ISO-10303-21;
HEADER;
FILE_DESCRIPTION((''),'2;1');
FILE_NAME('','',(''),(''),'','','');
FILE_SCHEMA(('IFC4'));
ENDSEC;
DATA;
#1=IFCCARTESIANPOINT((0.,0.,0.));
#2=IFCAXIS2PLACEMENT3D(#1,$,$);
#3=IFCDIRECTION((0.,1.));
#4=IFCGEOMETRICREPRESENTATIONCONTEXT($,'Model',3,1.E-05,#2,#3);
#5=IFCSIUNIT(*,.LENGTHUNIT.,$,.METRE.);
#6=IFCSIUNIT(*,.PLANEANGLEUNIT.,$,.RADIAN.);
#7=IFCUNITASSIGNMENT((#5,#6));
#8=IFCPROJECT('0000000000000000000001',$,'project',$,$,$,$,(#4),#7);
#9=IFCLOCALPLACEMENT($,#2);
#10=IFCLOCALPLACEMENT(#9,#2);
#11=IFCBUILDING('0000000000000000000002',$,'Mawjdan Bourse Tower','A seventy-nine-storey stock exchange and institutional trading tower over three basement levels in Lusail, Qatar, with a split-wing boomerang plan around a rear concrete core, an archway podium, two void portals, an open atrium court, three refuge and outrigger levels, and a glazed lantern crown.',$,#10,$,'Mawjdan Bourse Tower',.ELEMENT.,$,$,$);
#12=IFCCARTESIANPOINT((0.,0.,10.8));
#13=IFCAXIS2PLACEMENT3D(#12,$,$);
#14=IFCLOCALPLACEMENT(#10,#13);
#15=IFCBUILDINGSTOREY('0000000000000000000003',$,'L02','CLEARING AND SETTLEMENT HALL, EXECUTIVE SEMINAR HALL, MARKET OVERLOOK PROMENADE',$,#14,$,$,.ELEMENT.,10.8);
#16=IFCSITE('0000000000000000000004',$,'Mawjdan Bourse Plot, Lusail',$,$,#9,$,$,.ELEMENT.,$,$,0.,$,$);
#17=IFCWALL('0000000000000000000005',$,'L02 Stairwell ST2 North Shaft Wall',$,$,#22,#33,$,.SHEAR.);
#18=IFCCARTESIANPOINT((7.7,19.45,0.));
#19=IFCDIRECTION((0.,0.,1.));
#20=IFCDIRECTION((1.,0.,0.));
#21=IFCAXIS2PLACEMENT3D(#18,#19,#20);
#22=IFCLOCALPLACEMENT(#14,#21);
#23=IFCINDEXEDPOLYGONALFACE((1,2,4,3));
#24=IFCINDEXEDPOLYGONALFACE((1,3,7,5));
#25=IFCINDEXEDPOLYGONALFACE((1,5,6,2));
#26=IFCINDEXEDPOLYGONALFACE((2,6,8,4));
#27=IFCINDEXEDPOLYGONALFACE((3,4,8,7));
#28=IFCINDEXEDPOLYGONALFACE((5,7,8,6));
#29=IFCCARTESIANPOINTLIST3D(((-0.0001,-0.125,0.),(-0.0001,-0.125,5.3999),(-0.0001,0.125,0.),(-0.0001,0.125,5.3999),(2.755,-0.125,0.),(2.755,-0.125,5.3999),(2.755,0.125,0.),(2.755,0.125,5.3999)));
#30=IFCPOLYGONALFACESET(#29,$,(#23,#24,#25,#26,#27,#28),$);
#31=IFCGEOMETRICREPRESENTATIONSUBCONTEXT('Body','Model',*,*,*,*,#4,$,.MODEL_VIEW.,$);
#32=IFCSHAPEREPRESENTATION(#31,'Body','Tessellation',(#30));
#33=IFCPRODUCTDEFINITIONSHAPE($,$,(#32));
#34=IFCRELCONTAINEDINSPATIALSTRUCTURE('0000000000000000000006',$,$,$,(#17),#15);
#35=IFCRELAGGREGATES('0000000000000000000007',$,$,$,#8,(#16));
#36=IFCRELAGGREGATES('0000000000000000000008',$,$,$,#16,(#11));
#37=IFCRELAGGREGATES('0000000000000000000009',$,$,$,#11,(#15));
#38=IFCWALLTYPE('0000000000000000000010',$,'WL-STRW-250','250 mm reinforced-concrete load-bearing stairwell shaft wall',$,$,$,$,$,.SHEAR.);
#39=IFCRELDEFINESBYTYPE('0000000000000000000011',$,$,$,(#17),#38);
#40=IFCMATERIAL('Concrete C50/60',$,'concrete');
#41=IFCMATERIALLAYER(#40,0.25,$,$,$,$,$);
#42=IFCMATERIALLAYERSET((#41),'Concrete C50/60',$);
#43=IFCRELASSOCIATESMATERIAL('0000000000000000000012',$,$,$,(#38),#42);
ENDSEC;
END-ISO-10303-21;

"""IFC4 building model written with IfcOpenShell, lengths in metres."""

from ifc_helpers import new_model, si_unit, direction, frame, frame_2d, origin, place, context, subcontext, project, spatial, rectangle, extrude, material, layer, layer_set, type_object, element, save


model = new_model("IFC4")

# Units and contexts
model_context = context("Model", 3, precision=1e-05, world=origin(), true_north=direction((0.0, 1.0)))
body_context = subcontext(model_context, "Body", "Model", "MODEL_VIEW")
ifc_project = project(units=[si_unit("LENGTHUNIT", "METRE"), si_unit("PLANEANGLEUNIT", "RADIAN")], contexts=[model_context])

# Site, building, storey
site_placement = place(None, origin())
site = spatial("IfcSite", under=ifc_project, at=site_placement, Name="Mawjdan Bourse Plot, Lusail", CompositionType="ELEMENT", RefElevation=0.0)
building_placement = place(site_placement, origin())
building = spatial("IfcBuilding", under=site, at=building_placement, Name="Mawjdan Bourse Tower", Description="A seventy-nine-storey stock exchange and institutional trading tower over three basement levels in Lusail, Qatar, with a split-wing boomerang plan around a rear concrete core, an archway podium, two void portals, an open atrium court, three refuge and outrigger levels, and a glazed lantern crown.", LongName="Mawjdan Bourse Tower", CompositionType="ELEMENT")
storey_placement = place(building_placement, frame((0.0, 0.0, 10.8)))
storey = spatial("IfcBuildingStorey", under=building, at=storey_placement, Name="L02", Description="CLEARING AND SETTLEMENT HALL, EXECUTIVE SEMINAR HALL, MARKET OVERLOOK PROMENADE", CompositionType="ELEMENT", Elevation=10.8)

# Wall
ifc_material_1 = material(Name="Concrete C50/60", Category="concrete")
ifc_layer_1 = layer(ifc_material_1, 0.25)
ifc_layer_set_1 = layer_set([ifc_layer_1], Name="Concrete C50/60")
wall_type_1 = type_object("IfcWallType", Name="WL-STRW-250", Description="250 mm reinforced-concrete load-bearing stairwell shaft wall", PredefinedType="SHEAR", material=ifc_layer_set_1)
wall_1_placement = place(storey_placement, frame((7.7, 19.45, 0.0), z_axis=(0.0, 0.0, 1.0), x_axis=(1.0, 0.0, 0.0)))
element("IfcWall", 1, at=wall_1_placement, inside=storey, type_object=wall_type_1, Name="L02 Stairwell ST2 North Shaft Wall", PredefinedType="SHEAR", context=body_context, shape_type="SweptSolid", body=[
    extrude(rectangle(XDim=2.7551, YDim=0.25, at=frame_2d((1.3774, 0.0))), origin(), (0.0, 0.0, 1.0), 5.3999),
])

save(model, "model.ifc")
